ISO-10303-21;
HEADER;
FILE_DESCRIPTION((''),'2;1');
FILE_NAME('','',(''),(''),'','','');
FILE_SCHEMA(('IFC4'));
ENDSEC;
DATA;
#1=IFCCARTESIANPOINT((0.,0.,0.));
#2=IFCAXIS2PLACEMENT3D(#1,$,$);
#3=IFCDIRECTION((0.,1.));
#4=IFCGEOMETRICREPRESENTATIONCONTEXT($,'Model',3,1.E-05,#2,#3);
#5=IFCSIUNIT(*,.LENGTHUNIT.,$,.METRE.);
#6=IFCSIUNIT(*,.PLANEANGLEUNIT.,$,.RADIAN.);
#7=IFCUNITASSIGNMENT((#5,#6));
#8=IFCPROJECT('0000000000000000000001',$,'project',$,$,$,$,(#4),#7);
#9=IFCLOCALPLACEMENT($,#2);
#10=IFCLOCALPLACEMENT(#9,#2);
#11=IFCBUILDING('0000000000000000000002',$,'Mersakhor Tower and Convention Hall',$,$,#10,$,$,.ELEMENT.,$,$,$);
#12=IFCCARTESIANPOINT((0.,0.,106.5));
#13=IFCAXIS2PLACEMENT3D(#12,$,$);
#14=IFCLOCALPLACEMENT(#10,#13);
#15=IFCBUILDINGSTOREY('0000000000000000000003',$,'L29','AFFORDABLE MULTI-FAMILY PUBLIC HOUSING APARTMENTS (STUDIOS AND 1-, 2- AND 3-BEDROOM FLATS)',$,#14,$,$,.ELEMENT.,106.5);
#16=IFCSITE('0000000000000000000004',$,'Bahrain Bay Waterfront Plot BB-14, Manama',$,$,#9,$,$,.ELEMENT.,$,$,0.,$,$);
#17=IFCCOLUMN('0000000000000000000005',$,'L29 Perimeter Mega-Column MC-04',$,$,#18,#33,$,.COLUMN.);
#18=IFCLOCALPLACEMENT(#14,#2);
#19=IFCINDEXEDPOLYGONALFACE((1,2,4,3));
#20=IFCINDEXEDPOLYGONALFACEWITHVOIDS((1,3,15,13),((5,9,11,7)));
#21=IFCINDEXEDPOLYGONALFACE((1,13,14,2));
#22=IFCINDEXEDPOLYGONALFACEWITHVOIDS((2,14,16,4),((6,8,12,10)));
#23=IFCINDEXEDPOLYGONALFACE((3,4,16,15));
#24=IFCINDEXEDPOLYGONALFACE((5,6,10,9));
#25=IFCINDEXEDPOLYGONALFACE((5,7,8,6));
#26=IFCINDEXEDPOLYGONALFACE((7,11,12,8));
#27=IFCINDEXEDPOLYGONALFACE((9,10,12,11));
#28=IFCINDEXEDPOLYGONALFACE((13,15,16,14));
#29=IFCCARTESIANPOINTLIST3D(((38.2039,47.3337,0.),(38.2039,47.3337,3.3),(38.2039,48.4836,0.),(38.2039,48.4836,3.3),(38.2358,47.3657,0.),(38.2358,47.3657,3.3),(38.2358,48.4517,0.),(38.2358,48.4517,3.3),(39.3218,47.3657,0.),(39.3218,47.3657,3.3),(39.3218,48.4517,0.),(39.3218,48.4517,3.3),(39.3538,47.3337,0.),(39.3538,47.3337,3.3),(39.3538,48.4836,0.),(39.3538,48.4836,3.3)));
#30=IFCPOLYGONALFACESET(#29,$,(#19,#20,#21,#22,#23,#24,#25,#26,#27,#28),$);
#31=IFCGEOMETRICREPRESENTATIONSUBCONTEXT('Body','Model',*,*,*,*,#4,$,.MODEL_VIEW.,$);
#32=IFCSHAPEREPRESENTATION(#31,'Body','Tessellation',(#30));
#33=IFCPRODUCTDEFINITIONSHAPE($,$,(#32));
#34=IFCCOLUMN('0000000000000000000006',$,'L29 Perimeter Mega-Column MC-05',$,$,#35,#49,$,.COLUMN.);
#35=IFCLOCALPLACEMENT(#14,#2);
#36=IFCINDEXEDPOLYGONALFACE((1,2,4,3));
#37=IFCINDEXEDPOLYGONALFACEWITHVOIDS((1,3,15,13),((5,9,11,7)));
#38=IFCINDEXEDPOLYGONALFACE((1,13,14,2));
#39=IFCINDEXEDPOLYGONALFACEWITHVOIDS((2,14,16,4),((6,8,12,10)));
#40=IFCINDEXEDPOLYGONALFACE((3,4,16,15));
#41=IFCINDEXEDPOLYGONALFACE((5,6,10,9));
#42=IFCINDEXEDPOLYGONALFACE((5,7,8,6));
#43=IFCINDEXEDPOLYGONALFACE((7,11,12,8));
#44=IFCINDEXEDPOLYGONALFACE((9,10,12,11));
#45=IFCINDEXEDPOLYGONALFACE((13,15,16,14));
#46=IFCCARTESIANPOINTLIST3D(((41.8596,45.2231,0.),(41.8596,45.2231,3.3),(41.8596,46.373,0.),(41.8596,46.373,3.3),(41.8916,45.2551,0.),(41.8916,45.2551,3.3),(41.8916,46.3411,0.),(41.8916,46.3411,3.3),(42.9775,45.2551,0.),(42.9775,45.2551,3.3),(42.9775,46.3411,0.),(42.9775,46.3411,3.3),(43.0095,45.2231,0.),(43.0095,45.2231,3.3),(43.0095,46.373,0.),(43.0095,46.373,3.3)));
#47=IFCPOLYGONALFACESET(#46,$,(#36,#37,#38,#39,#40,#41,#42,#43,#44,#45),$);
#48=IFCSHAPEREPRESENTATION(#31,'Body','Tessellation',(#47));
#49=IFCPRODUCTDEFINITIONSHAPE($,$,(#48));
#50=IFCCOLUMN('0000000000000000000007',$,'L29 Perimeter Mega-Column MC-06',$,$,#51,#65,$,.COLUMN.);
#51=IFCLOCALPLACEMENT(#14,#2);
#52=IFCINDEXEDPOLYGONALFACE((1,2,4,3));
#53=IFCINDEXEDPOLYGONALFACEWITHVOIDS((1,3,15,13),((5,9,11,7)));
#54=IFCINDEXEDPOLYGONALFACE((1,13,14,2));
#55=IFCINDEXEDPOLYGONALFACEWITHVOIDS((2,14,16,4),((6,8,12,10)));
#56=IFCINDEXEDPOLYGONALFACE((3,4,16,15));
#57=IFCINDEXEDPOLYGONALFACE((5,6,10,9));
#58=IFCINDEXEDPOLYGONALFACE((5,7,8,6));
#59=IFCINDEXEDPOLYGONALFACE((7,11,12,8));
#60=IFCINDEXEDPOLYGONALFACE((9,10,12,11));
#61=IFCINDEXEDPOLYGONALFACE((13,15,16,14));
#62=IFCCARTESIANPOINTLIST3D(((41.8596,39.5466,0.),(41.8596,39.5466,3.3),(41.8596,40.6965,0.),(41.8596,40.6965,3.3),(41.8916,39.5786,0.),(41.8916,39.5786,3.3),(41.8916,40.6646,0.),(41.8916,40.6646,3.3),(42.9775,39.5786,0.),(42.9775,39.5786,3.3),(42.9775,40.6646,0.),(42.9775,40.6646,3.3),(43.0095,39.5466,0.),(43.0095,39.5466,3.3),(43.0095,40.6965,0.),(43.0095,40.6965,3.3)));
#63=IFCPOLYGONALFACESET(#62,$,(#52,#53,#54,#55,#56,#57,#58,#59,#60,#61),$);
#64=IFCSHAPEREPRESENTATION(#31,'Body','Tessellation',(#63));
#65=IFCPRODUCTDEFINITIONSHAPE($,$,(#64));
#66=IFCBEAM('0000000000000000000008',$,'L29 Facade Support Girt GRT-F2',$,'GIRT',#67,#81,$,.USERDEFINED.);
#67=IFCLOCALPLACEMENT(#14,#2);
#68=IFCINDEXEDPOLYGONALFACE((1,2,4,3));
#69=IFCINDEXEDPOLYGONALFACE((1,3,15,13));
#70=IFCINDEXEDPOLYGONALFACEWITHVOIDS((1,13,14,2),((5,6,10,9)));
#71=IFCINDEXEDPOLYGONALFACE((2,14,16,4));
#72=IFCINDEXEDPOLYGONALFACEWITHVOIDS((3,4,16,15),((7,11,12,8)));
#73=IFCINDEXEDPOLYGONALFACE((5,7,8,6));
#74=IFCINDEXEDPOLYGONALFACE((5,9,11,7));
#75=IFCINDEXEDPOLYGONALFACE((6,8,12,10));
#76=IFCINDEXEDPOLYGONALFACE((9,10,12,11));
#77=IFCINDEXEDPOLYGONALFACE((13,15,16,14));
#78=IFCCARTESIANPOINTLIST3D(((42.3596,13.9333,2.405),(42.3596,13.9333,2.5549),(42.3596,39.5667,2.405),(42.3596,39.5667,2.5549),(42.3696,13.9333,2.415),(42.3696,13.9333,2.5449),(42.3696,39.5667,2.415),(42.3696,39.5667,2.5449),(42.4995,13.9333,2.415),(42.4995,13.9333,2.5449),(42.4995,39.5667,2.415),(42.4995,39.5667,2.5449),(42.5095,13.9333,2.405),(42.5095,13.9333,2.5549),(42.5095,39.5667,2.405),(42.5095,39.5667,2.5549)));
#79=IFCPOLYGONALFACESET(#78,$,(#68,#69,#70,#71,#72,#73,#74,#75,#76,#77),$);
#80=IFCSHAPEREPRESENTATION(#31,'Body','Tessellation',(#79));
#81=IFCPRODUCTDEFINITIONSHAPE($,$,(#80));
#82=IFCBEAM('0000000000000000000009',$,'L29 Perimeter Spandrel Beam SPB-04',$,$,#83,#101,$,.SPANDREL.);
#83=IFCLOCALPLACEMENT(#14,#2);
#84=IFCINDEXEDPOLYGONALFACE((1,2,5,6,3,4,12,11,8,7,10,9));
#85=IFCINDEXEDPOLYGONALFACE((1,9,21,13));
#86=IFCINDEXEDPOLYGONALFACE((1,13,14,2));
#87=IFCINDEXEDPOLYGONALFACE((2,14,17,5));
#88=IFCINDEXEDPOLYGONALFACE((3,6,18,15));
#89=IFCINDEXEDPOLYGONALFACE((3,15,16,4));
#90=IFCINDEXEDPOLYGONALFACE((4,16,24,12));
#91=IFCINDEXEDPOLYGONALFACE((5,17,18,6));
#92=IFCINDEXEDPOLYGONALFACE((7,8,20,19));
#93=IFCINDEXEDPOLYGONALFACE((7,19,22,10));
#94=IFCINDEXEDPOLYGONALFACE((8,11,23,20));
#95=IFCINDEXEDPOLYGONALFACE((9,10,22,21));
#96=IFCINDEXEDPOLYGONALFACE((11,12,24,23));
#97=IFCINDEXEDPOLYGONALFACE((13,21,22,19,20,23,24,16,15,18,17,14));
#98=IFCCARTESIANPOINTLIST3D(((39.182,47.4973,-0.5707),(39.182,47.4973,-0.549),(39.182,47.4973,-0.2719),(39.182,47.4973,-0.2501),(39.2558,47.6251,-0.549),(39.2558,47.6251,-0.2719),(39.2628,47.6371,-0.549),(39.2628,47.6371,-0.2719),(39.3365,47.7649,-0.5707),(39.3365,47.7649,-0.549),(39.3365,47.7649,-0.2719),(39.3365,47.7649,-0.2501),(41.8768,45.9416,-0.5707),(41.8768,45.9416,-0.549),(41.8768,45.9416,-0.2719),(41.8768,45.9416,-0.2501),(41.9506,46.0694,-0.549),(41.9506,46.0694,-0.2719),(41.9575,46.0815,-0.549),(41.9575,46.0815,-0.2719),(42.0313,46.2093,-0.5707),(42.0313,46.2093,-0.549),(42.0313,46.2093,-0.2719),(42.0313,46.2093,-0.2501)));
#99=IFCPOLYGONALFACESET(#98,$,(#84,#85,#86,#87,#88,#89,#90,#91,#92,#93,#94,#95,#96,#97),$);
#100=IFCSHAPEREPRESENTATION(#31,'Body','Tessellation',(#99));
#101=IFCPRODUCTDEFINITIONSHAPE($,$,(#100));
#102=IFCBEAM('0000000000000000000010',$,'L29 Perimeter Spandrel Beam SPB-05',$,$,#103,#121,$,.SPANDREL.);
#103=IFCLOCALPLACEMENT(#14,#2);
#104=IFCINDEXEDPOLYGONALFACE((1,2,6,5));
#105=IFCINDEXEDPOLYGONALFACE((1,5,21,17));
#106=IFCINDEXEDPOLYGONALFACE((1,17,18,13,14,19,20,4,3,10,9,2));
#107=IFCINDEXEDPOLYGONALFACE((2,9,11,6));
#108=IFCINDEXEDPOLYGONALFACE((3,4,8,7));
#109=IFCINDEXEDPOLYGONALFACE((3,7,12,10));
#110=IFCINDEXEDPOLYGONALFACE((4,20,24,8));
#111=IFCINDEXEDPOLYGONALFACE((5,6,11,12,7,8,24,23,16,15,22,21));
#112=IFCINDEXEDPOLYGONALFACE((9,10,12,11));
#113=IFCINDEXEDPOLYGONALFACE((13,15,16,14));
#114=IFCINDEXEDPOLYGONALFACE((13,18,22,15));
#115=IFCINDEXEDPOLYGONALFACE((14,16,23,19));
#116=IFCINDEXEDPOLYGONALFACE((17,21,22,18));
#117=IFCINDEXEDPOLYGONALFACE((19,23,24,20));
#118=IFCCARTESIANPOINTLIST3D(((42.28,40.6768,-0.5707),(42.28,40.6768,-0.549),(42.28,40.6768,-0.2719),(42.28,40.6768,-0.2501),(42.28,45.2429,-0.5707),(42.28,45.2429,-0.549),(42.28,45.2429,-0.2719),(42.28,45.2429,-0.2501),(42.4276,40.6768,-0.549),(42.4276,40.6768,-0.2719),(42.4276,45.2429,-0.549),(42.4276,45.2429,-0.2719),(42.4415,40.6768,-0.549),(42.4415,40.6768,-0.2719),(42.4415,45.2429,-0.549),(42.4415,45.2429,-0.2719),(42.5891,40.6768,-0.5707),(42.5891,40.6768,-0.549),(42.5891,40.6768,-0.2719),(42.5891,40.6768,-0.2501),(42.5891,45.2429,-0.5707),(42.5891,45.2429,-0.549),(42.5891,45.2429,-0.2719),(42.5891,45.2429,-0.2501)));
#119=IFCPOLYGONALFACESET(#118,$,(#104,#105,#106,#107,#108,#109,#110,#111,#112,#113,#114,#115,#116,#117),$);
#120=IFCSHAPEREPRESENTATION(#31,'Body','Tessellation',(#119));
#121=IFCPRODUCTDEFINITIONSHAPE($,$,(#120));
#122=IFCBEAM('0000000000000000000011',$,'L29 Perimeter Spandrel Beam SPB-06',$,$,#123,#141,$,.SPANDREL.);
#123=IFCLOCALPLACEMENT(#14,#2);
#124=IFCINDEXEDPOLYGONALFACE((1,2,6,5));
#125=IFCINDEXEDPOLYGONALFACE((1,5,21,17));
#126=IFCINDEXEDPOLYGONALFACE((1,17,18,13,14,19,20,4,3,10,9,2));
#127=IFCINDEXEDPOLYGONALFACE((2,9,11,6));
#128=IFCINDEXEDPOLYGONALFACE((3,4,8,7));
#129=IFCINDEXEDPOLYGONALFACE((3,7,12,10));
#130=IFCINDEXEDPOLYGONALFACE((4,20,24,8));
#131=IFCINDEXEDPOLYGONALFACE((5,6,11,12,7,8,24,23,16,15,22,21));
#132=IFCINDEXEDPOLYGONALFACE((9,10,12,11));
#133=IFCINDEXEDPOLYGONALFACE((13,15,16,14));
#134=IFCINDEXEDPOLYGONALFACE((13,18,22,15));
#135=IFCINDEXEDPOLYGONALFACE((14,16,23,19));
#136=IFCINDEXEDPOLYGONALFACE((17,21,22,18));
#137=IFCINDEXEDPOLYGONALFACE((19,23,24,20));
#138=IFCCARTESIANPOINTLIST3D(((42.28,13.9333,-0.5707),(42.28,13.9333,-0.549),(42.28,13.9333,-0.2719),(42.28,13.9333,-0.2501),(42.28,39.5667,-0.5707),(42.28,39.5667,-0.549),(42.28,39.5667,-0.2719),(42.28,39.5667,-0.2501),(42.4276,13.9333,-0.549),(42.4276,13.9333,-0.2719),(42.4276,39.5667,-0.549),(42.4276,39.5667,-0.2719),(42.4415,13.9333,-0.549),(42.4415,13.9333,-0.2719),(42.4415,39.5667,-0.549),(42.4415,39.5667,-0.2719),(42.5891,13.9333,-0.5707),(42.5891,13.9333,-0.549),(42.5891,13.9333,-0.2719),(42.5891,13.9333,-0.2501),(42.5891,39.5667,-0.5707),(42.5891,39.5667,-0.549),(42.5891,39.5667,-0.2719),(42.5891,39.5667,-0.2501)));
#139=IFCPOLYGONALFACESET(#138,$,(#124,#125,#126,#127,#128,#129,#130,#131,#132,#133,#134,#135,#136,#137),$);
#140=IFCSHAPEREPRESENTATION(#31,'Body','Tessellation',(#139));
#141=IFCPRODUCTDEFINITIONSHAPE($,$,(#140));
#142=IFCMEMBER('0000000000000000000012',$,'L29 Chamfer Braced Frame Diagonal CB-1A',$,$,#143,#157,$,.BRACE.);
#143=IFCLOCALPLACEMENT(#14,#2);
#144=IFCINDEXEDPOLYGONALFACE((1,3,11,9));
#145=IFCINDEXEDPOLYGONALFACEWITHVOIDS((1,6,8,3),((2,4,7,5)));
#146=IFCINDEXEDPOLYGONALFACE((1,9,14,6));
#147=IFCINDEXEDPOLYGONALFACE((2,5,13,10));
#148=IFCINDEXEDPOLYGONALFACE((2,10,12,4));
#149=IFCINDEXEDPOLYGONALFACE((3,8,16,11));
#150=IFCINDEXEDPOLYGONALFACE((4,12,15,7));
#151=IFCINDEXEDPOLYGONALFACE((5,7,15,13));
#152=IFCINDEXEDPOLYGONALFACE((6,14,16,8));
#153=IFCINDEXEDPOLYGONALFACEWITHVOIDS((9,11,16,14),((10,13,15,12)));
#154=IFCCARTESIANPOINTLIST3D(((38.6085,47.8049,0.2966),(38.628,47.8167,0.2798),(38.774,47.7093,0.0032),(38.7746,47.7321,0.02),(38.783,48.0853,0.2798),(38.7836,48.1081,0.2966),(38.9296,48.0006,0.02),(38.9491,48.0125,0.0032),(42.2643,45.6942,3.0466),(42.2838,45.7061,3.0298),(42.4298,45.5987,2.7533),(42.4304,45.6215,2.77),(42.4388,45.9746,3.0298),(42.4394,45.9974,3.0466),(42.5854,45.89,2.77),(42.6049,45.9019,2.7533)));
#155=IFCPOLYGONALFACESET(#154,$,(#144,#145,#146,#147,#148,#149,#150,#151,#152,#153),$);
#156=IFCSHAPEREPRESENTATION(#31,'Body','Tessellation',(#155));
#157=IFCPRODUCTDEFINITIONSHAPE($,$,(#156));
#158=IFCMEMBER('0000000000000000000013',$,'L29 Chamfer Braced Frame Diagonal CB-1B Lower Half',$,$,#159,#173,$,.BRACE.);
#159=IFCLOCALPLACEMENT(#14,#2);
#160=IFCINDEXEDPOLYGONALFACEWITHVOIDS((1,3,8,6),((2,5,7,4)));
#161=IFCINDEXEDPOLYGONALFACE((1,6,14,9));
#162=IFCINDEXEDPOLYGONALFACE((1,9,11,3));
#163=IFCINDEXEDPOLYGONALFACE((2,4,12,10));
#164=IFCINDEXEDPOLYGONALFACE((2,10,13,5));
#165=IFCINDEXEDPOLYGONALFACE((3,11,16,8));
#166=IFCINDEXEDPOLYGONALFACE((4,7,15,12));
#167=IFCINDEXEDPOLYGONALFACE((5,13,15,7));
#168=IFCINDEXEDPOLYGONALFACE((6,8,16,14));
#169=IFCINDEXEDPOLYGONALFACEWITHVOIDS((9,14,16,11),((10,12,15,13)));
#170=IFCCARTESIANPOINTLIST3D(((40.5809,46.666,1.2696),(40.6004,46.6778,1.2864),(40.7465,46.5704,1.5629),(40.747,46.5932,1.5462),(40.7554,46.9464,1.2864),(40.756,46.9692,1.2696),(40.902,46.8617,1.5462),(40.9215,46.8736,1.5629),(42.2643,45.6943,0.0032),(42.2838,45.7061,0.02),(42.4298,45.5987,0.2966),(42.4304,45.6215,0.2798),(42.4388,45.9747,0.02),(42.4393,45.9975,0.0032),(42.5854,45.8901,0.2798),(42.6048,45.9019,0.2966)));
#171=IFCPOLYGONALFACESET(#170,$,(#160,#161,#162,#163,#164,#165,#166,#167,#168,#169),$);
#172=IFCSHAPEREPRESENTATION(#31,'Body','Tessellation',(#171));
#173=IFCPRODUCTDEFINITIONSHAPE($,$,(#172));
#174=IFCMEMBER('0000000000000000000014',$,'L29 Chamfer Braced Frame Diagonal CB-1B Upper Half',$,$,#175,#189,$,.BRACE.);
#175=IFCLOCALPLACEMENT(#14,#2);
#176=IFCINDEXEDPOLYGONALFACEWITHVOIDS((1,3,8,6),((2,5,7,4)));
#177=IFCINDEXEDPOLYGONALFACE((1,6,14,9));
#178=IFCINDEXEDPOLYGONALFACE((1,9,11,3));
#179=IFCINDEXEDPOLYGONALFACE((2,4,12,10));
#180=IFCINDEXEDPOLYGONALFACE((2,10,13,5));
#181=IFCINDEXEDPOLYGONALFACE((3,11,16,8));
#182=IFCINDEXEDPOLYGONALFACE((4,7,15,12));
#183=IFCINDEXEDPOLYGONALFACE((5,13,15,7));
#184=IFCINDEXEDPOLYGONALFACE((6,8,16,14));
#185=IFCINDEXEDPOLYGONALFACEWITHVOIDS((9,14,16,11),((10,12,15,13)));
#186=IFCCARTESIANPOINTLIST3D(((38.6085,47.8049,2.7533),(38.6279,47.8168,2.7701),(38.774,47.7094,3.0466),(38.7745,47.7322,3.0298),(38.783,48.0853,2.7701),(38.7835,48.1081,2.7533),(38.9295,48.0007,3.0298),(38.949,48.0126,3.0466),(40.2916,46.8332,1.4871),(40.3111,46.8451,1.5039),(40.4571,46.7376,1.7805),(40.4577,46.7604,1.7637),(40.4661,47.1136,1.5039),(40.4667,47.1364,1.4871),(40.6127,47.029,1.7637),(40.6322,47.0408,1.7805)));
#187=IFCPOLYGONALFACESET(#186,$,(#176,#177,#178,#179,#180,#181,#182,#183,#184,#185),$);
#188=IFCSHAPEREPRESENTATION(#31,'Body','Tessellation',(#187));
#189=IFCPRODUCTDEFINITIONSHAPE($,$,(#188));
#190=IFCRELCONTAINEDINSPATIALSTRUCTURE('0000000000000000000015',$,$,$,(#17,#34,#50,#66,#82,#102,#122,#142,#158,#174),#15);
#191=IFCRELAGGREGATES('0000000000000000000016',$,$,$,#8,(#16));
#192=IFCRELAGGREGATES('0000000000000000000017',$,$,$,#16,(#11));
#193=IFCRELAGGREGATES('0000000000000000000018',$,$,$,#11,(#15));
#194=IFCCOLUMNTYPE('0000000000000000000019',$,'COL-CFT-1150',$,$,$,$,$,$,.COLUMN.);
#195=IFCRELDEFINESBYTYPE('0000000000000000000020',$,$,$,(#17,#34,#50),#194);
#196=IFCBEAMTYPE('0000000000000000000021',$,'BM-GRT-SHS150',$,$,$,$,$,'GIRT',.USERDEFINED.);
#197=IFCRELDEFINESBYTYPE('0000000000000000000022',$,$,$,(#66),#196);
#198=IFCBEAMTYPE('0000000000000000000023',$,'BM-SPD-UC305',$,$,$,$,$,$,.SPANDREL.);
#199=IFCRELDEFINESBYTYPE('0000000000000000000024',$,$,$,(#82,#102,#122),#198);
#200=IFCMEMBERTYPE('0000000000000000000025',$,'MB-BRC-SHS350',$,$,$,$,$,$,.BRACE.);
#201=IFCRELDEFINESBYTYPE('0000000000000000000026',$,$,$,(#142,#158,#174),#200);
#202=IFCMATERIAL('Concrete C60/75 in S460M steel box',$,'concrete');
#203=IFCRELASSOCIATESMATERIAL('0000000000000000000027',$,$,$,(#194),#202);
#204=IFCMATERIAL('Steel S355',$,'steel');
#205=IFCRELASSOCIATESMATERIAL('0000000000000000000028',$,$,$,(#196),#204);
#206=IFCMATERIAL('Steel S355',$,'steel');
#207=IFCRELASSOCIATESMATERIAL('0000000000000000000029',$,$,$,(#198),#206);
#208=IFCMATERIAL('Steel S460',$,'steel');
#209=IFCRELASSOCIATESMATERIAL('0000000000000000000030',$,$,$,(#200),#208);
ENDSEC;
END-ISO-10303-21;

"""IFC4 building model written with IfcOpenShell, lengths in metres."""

from ifc_helpers import new_model, si_unit, direction, frame, origin, origin_2d, place, context, subcontext, project, spatial, hollow_rectangle, i_section, extrude, material, material_profile, profile_set, type_object, element, save


model = new_model("IFC4")

# Units and contexts
model_context = context("Model", 3, precision=1e-05, world=origin(), true_north=direction((0.0, 1.0)))
body_context = subcontext(model_context, "Body", "Model", "MODEL_VIEW")
ifc_project = project(units=[si_unit("LENGTHUNIT", "METRE"), si_unit("PLANEANGLEUNIT", "RADIAN")], contexts=[model_context])

# Site, building, storey
site_placement = place(None, origin())
site = spatial("IfcSite", under=ifc_project, at=site_placement, Name="Bahrain Bay Waterfront Plot BB-14, Manama", CompositionType="ELEMENT", RefElevation=0.0)
building_placement = place(site_placement, origin())
building = spatial("IfcBuilding", under=site, at=building_placement, Name="Mersakhor Tower and Convention Hall", CompositionType="ELEMENT")
storey_placement = place(building_placement, frame((0.0, 0.0, 106.5)))
storey = spatial("IfcBuildingStorey", under=building, at=storey_placement, Name="L29", Description="AFFORDABLE MULTI-FAMILY PUBLIC HOUSING APARTMENTS (STUDIOS AND 1-, 2- AND 3-BEDROOM FLATS)", CompositionType="ELEMENT", Elevation=106.5)

# Columns
ifc_material_1 = material(Name="Concrete C60/75 in S460M steel box", Category="concrete")
ifc_material_profile_1 = material_profile(ifc_material_1, hollow_rectangle(XDim=1.1499, YDim=1.1499, WallThickness=0.032, at=origin_2d()), Name="SHS 1150x1150x32")
ifc_profile_set_1 = profile_set([ifc_material_profile_1], Name="Concrete C60/75 in S460M steel box")
column_type = type_object("IfcColumnType", Name="COL-CFT-1150", PredefinedType="COLUMN", material=ifc_profile_set_1)
for number, where, z_axis, x_axis, name in (
    (1, (38.7788, 47.9087, 0.0), (0.0, 0.0, 1.0), (1.0, 0.0, 0.0), "L29 Perimeter Mega-Column MC-04"),
    (2, (42.4346, 45.7981, 0.0), (0.0, 0.0, 1.0), (1.0, 0.0, 0.0), "L29 Perimeter Mega-Column MC-05"),
    (3, (42.4346, 40.1216, 0.0), (0.0, 0.0, 1.0), (1.0, 0.0, 0.0), "L29 Perimeter Mega-Column MC-06"),
):
    element("IfcColumn", number, at=place(storey_placement, frame(where, z_axis=z_axis, x_axis=x_axis)), inside=storey, type_object=column_type, Name=name, PredefinedType="COLUMN", context=body_context, shape_type="SweptSolid", body=[
        extrude(hollow_rectangle(XDim=1.1499, YDim=1.1499, WallThickness=0.032, at=origin_2d()), origin(), (0.0, 0.0, 1.0), 3.3),
    ])

# Beams
ifc_material_2 = material(Name="Steel S355", Category="steel")
ifc_material_profile_2 = material_profile(ifc_material_2, hollow_rectangle(XDim=0.1499, YDim=0.1499, WallThickness=0.01, at=origin_2d()), Name="SHS 150x150x10")
ifc_profile_set_2 = profile_set([ifc_material_profile_2], Name="Steel S355")
beam_type_1 = type_object("IfcBeamType", Name="BM-GRT-SHS150", ElementType="GIRT", PredefinedType="USERDEFINED", material=ifc_profile_set_2)
beam_1_placement = place(storey_placement, frame((42.4346, 39.5667, 2.48), z_axis=(0.0, -1.0, 0.0), x_axis=(1.0, 0.0, 0.0)))
element("IfcBeam", 4, at=beam_1_placement, inside=storey, type_object=beam_type_1, Name="L29 Facade Support Girt GRT-F2", ObjectType="GIRT", PredefinedType="USERDEFINED", context=body_context, shape_type="SweptSolid", body=[
    extrude(hollow_rectangle(XDim=0.1499, YDim=0.1499, WallThickness=0.01, at=origin_2d()), origin(), (0.0, 0.0, 1.0), 25.6333),
])
ifc_material_3 = material(Name="Steel S355", Category="steel")
ifc_material_profile_3 = material_profile(ifc_material_3, i_section(OverallWidth=0.3091, OverallDepth=0.3206, WebThickness=0.0139, FlangeThickness=0.0217, at=origin_2d()), Name="UC 305x305x137")
ifc_profile_set_3 = profile_set([ifc_material_profile_3], Name="Steel S355")
beam_type_2 = type_object("IfcBeamType", Name="BM-SPD-UC305", PredefinedType="SPANDREL", material=ifc_profile_set_3)
beam_2_placement = place(storey_placement, frame((39.2593, 47.6311, -0.4104), z_axis=(0.866052, -0.499953, 0.0), x_axis=(0.499953, 0.866052, 0.0)))
element("IfcBeam", 5, at=beam_2_placement, inside=storey, type_object=beam_type_2, Name="L29 Perimeter Spandrel Beam SPB-04", PredefinedType="SPANDREL", context=body_context, shape_type="SweptSolid", body=[
    extrude(i_section(OverallWidth=0.3091, OverallDepth=0.3206, WebThickness=0.0139, FlangeThickness=0.0217, at=origin_2d()), origin(), (0.0, 0.0, 1.0), 3.1116),
])
beam_3_placement = place(storey_placement, frame((42.4346, 45.2429, -0.4104), z_axis=(0.0, -1.0, 0.0), x_axis=(1.0, 0.0, 0.0)))
element("IfcBeam", 6, at=beam_3_placement, inside=storey, type_object=beam_type_2, Name="L29 Perimeter Spandrel Beam SPB-05", PredefinedType="SPANDREL", context=body_context, shape_type="SweptSolid", body=[
    extrude(i_section(OverallWidth=0.3091, OverallDepth=0.3206, WebThickness=0.0139, FlangeThickness=0.0217, at=origin_2d()), origin(), (0.0, 0.0, 1.0), 4.5662),
])
beam_4_placement = place(storey_placement, frame((42.4346, 39.5667, -0.4104), z_axis=(0.0, -1.0, 0.0), x_axis=(1.0, 0.0, 0.0)))
element("IfcBeam", 7, at=beam_4_placement, inside=storey, type_object=beam_type_2, Name="L29 Perimeter Spandrel Beam SPB-06", PredefinedType="SPANDREL", context=body_context, shape_type="SweptSolid", body=[
    extrude(i_section(OverallWidth=0.3091, OverallDepth=0.3206, WebThickness=0.0139, FlangeThickness=0.0217, at=origin_2d()), origin(), (0.0, 0.0, 1.0), 25.6333),
])

# Members
ifc_material_4 = material(Name="Steel S460", Category="steel")
ifc_material_profile_4 = material_profile(ifc_material_4, hollow_rectangle(XDim=0.3501, YDim=0.3501, WallThickness=0.02, at=origin_2d()), Name="SHS 350x350x20")
ifc_profile_set_4 = profile_set([ifc_material_profile_4], Name="Steel S460")
member_type = type_object("IfcMemberType", Name="MB-BRC-SHS350", PredefinedType="BRACE", material=ifc_profile_set_4)
member_1_placement = place(storey_placement, frame((38.7788, 47.9087, 0.1499), z_axis=(0.725634, -0.418933, 0.545849), x_axis=(0.499989, 0.866031, 0.0)))
element("IfcMember", 8, at=member_1_placement, inside=storey, type_object=member_type, Name="L29 Chamfer Braced Frame Diagonal CB-1A", PredefinedType="BRACE", context=body_context, shape_type="SweptSolid", body=[
    extrude(hollow_rectangle(XDim=0.3501, YDim=0.3501, WallThickness=0.02, at=origin_2d()), origin(), (0.0, 0.0, 1.0), 5.0381),
])
member_2_placement = place(storey_placement, frame((42.4346, 45.7981, 0.1499), z_axis=(-0.725643, 0.418863, 0.54589), x_axis=(-0.499922, -0.866071, 0.0)))
element("IfcMember", 9, at=member_2_placement, inside=storey, type_object=member_type, Name="L29 Chamfer Braced Frame Diagonal CB-1B Lower Half", PredefinedType="BRACE", context=body_context, shape_type="SweptSolid", body=[
    extrude(hollow_rectangle(XDim=0.3501, YDim=0.3501, WallThickness=0.02, at=origin_2d()), origin(), (0.0, 0.0, 1.0), 2.3198),
])
member_3_placement = place(storey_placement, frame((40.4619, 46.937, 1.6338), z_axis=(-0.725635, 0.418919, 0.545858), x_axis=(-0.499976, -0.866039, 0.0)))
element("IfcMember", 10, at=member_3_placement, inside=storey, type_object=member_type, Name="L29 Chamfer Braced Frame Diagonal CB-1B Upper Half", PredefinedType="BRACE", context=body_context, shape_type="SweptSolid", body=[
    extrude(hollow_rectangle(XDim=0.3501, YDim=0.3501, WallThickness=0.02, at=origin_2d()), origin(), (0.0, 0.0, 1.0), 2.3196),
])

save(model, "model.ifc")
